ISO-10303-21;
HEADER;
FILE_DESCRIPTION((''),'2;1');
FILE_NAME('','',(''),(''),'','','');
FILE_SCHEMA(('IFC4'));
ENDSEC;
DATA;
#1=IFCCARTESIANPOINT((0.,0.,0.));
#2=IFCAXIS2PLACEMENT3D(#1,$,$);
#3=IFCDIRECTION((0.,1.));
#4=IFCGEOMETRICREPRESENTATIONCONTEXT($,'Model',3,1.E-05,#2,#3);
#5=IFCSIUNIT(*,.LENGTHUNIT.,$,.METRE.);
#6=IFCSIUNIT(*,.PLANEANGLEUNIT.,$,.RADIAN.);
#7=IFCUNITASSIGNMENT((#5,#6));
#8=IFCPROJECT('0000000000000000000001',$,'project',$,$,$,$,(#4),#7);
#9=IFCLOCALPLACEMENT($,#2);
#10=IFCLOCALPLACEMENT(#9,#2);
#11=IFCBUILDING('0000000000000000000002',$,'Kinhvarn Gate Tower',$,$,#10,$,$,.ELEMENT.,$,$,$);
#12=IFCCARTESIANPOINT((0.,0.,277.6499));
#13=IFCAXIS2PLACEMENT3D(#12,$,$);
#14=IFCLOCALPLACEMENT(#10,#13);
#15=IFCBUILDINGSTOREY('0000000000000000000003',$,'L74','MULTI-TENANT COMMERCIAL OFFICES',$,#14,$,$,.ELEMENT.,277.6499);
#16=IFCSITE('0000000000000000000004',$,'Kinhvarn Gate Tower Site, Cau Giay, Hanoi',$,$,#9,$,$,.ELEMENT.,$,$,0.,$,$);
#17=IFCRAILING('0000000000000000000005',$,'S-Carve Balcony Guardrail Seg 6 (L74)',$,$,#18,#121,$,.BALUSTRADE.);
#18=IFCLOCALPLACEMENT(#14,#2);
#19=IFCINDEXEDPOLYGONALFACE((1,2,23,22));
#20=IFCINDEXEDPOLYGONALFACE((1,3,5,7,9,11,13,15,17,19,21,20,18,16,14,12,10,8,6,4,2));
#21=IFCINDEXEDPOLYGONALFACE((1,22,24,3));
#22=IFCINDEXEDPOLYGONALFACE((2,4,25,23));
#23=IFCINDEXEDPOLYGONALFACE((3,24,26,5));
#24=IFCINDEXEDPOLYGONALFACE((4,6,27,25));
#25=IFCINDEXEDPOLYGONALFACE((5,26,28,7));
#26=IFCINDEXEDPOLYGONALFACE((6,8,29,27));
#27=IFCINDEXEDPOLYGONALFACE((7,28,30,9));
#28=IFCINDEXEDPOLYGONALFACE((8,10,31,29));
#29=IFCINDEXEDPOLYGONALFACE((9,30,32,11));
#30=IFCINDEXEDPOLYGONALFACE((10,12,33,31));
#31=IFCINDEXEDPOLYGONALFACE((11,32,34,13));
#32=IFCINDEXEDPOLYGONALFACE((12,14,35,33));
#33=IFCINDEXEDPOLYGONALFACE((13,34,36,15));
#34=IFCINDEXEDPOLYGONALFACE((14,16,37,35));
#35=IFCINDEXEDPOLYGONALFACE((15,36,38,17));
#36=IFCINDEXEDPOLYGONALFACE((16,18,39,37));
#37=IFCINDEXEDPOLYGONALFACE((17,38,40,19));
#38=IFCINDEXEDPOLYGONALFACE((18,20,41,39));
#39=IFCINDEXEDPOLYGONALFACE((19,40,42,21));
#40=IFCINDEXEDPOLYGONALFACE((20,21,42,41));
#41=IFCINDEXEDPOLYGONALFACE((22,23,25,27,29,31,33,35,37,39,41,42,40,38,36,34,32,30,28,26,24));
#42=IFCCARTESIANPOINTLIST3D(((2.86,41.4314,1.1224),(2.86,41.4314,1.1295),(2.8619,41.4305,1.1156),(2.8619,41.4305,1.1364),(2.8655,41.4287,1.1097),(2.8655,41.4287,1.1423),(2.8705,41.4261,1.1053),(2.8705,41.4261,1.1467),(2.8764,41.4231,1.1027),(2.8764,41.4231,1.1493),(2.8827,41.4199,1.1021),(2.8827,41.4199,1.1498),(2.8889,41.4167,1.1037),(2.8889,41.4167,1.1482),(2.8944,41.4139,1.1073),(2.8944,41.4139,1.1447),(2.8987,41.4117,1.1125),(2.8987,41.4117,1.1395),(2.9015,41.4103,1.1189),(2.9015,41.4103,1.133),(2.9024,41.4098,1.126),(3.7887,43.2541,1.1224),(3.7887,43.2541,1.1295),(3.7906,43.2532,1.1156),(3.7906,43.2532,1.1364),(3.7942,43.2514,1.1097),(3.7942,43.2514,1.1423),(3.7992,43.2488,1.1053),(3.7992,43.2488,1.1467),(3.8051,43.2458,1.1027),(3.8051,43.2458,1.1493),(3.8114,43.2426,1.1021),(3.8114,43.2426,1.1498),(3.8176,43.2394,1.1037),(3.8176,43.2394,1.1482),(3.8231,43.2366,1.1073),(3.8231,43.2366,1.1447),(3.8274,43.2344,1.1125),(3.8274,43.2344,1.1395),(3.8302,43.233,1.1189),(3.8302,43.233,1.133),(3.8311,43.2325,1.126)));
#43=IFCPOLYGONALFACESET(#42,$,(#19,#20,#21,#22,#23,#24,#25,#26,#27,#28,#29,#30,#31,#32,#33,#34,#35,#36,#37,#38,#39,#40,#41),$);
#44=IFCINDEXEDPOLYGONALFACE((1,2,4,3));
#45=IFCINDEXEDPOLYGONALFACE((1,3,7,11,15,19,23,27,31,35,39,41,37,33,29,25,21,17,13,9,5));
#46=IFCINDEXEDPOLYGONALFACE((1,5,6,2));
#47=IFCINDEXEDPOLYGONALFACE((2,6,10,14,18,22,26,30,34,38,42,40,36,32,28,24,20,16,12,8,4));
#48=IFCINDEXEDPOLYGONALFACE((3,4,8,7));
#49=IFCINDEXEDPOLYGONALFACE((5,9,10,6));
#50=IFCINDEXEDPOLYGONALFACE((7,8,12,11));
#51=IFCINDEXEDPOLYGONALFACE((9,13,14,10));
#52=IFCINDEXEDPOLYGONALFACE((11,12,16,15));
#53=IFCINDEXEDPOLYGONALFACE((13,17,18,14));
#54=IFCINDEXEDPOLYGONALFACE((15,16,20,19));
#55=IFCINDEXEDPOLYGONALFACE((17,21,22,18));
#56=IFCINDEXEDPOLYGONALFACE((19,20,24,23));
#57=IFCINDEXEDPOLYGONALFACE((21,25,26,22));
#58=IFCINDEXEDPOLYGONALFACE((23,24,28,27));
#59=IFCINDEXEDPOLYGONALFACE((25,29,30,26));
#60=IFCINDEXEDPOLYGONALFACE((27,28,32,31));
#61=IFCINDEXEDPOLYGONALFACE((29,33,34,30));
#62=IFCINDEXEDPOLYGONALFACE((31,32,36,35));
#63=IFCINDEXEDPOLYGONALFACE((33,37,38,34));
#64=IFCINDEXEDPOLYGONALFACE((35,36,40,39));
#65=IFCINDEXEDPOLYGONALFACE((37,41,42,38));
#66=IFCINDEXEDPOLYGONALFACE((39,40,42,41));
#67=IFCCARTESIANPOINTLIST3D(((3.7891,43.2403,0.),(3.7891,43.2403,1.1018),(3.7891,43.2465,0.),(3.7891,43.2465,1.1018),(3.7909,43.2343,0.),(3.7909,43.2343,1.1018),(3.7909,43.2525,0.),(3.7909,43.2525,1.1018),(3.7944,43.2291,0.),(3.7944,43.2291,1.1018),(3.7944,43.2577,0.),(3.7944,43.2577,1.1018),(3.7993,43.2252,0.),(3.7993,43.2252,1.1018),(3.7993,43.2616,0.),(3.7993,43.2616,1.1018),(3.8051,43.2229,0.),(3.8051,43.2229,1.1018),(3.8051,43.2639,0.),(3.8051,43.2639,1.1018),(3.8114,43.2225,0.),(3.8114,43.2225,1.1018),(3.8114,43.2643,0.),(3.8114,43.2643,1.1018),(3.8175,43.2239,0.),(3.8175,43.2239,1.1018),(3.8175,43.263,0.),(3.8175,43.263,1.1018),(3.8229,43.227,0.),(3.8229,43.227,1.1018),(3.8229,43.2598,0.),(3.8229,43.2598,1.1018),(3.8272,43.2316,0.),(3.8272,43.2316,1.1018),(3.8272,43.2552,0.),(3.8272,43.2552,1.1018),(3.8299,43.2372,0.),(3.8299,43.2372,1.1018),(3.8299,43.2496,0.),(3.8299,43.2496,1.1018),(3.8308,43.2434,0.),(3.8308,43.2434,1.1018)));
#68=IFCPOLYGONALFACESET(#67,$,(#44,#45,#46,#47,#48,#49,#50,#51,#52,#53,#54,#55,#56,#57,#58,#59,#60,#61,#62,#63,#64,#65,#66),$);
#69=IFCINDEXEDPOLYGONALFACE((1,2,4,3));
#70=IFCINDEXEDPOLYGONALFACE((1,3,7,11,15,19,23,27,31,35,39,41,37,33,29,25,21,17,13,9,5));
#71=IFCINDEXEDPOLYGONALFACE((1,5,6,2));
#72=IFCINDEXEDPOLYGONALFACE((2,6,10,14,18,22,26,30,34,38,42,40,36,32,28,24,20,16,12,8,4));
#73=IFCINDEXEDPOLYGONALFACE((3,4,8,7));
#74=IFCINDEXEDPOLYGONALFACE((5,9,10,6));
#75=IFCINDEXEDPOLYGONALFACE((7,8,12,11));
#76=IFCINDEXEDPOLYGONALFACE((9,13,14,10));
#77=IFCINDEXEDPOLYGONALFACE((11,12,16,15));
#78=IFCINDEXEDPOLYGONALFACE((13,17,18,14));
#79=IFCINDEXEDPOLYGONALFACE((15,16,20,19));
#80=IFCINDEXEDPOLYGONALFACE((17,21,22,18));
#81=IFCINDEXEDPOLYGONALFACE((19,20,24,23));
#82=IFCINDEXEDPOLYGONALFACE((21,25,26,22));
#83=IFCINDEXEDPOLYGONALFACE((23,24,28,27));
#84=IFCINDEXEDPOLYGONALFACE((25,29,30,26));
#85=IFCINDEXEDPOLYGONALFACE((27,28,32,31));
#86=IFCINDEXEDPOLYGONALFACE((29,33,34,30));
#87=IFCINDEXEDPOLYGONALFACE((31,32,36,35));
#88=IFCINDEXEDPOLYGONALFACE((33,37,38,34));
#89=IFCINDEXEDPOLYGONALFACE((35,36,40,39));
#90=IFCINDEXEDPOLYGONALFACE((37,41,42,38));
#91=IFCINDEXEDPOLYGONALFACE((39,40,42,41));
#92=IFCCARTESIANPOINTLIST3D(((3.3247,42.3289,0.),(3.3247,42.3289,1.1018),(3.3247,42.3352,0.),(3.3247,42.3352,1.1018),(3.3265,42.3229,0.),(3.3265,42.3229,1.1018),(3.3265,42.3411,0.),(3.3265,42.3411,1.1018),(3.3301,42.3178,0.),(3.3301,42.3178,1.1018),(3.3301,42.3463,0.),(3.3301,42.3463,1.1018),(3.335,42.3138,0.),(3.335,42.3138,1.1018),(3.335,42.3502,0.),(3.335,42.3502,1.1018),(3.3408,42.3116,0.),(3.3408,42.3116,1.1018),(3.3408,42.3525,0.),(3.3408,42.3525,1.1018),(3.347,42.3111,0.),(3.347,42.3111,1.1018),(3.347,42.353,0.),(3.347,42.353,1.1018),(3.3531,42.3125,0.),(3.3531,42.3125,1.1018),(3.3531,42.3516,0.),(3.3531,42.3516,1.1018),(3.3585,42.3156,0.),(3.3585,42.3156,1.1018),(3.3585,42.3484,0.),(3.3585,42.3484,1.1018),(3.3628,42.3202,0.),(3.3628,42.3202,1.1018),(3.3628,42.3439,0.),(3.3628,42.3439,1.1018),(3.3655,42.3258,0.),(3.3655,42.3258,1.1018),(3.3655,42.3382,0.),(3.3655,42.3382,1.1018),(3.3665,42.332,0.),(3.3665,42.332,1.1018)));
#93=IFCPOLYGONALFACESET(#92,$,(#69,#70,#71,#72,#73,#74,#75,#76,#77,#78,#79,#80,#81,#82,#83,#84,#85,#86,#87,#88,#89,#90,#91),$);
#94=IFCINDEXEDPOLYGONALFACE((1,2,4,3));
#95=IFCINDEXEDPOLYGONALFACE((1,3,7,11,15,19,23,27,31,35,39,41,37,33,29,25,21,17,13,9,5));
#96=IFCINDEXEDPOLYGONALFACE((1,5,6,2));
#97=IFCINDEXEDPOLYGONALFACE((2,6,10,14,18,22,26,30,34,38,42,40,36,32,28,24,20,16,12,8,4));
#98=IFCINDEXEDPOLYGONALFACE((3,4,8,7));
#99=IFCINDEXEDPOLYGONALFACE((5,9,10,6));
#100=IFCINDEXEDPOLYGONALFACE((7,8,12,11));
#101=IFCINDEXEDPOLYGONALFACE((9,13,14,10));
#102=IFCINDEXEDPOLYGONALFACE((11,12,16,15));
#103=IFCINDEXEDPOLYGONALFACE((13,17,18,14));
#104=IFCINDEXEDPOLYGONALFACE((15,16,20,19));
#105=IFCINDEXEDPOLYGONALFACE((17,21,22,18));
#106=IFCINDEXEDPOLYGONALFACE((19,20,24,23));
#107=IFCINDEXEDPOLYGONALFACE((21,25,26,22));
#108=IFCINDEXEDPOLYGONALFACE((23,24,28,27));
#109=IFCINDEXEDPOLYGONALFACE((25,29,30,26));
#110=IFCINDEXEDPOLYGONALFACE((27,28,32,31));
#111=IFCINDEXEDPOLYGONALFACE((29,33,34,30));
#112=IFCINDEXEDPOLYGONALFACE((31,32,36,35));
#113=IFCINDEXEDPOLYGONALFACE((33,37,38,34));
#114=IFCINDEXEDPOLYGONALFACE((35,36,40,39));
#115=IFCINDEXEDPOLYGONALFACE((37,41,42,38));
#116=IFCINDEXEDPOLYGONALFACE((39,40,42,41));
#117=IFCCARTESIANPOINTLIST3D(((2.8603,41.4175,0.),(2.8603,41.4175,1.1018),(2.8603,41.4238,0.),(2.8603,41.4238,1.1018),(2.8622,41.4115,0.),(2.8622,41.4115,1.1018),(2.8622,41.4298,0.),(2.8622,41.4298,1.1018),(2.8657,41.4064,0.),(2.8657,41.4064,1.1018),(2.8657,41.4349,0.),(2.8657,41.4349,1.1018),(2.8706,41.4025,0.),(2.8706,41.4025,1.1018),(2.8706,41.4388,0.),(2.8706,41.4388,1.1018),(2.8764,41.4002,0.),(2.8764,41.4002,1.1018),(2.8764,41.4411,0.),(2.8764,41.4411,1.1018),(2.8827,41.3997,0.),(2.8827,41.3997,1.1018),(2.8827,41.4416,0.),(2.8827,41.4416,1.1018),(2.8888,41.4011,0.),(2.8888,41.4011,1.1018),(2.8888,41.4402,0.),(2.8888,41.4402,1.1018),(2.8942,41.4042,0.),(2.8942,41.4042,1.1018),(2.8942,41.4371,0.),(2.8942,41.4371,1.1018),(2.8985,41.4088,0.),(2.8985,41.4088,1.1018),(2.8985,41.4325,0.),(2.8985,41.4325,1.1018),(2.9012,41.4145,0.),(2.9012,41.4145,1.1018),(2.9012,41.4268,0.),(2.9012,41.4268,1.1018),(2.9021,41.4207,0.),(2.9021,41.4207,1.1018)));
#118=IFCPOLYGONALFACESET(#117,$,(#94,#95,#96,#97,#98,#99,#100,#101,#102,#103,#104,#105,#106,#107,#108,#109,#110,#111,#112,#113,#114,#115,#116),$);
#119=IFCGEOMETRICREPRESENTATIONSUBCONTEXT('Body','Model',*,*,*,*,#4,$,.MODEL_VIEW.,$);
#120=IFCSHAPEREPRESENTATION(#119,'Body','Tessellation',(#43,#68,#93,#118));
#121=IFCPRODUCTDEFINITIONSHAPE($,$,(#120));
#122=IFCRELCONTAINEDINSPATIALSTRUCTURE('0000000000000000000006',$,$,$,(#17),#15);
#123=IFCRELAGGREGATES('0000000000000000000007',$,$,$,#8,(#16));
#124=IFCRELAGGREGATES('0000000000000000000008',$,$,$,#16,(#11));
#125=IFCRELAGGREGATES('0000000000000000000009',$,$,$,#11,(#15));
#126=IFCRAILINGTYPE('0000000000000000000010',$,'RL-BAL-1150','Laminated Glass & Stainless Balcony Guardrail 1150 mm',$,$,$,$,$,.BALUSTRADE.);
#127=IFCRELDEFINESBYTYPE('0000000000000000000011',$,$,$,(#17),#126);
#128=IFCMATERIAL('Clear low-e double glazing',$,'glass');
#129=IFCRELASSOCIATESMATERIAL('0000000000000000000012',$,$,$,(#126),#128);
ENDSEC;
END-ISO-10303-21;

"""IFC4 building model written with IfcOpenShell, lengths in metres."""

from ifc_helpers import new_model, si_unit, direction, frame, origin, origin_2d, place, context, subcontext, project, spatial, circle, extrude, material, type_object, element, save


model = new_model("IFC4")

# Units and contexts
model_context = context("Model", 3, precision=1e-05, world=origin(), true_north=direction((0.0, 1.0)))
body_context = subcontext(model_context, "Body", "Model", "MODEL_VIEW")
ifc_project = project(units=[si_unit("LENGTHUNIT", "METRE"), si_unit("PLANEANGLEUNIT", "RADIAN")], contexts=[model_context])

# Site, building, storey
site_placement = place(None, origin())
site = spatial("IfcSite", under=ifc_project, at=site_placement, Name="Kinhvarn Gate Tower Site, Cau Giay, Hanoi", CompositionType="ELEMENT", RefElevation=0.0)
building_placement = place(site_placement, origin())
building = spatial("IfcBuilding", under=site, at=building_placement, Name="Kinhvarn Gate Tower", CompositionType="ELEMENT")
storey_placement = place(building_placement, frame((0.0, 0.0, 277.6499)))
storey = spatial("IfcBuildingStorey", under=building, at=storey_placement, Name="L74", Description="MULTI-TENANT COMMERCIAL OFFICES", CompositionType="ELEMENT", Elevation=277.6499)

# Shared definitions
ifc_material_1 = material(Name="Clear low-e double glazing", Category="glass")

# Railing
railing_type = type_object("IfcRailingType", Name="RL-BAL-1150", Description="Laminated Glass & Stainless Balcony Guardrail 1150 mm", PredefinedType="BALUSTRADE", material=ifc_material_1)
railing_1_placement = place(storey_placement, frame((3.8098, 43.2434, 0.0)))
element("IfcRailing", 1, at=railing_1_placement, inside=storey, type_object=railing_type, Name="S-Carve Balcony Guardrail Seg 6 (L74)", PredefinedType="BALUSTRADE", context=body_context, shape_type="SweptSolid", body=[
    extrude(circle(Radius=0.0239, at=origin_2d()), frame((0.0, 0.0, 1.126), z_axis=(-0.453979, -0.891012, 0.0), x_axis=(0.891012, -0.453979, 0.0)), (0.0, 0.0, 1.0), 2.0457),
    extrude(circle(Radius=0.021, at=origin_2d()), origin(), (0.0, 0.0, 1.0), 1.1018),
    extrude(circle(Radius=0.021, at=origin_2d()), frame((-0.4644, -0.9114, 0.0)), (0.0, 0.0, 1.0), 1.1018),
    extrude(circle(Radius=0.021, at=origin_2d()), frame((-0.9287, -1.8228, 0.0)), (0.0, 0.0, 1.0), 1.1018),
])

save(model, "model.ifc")
